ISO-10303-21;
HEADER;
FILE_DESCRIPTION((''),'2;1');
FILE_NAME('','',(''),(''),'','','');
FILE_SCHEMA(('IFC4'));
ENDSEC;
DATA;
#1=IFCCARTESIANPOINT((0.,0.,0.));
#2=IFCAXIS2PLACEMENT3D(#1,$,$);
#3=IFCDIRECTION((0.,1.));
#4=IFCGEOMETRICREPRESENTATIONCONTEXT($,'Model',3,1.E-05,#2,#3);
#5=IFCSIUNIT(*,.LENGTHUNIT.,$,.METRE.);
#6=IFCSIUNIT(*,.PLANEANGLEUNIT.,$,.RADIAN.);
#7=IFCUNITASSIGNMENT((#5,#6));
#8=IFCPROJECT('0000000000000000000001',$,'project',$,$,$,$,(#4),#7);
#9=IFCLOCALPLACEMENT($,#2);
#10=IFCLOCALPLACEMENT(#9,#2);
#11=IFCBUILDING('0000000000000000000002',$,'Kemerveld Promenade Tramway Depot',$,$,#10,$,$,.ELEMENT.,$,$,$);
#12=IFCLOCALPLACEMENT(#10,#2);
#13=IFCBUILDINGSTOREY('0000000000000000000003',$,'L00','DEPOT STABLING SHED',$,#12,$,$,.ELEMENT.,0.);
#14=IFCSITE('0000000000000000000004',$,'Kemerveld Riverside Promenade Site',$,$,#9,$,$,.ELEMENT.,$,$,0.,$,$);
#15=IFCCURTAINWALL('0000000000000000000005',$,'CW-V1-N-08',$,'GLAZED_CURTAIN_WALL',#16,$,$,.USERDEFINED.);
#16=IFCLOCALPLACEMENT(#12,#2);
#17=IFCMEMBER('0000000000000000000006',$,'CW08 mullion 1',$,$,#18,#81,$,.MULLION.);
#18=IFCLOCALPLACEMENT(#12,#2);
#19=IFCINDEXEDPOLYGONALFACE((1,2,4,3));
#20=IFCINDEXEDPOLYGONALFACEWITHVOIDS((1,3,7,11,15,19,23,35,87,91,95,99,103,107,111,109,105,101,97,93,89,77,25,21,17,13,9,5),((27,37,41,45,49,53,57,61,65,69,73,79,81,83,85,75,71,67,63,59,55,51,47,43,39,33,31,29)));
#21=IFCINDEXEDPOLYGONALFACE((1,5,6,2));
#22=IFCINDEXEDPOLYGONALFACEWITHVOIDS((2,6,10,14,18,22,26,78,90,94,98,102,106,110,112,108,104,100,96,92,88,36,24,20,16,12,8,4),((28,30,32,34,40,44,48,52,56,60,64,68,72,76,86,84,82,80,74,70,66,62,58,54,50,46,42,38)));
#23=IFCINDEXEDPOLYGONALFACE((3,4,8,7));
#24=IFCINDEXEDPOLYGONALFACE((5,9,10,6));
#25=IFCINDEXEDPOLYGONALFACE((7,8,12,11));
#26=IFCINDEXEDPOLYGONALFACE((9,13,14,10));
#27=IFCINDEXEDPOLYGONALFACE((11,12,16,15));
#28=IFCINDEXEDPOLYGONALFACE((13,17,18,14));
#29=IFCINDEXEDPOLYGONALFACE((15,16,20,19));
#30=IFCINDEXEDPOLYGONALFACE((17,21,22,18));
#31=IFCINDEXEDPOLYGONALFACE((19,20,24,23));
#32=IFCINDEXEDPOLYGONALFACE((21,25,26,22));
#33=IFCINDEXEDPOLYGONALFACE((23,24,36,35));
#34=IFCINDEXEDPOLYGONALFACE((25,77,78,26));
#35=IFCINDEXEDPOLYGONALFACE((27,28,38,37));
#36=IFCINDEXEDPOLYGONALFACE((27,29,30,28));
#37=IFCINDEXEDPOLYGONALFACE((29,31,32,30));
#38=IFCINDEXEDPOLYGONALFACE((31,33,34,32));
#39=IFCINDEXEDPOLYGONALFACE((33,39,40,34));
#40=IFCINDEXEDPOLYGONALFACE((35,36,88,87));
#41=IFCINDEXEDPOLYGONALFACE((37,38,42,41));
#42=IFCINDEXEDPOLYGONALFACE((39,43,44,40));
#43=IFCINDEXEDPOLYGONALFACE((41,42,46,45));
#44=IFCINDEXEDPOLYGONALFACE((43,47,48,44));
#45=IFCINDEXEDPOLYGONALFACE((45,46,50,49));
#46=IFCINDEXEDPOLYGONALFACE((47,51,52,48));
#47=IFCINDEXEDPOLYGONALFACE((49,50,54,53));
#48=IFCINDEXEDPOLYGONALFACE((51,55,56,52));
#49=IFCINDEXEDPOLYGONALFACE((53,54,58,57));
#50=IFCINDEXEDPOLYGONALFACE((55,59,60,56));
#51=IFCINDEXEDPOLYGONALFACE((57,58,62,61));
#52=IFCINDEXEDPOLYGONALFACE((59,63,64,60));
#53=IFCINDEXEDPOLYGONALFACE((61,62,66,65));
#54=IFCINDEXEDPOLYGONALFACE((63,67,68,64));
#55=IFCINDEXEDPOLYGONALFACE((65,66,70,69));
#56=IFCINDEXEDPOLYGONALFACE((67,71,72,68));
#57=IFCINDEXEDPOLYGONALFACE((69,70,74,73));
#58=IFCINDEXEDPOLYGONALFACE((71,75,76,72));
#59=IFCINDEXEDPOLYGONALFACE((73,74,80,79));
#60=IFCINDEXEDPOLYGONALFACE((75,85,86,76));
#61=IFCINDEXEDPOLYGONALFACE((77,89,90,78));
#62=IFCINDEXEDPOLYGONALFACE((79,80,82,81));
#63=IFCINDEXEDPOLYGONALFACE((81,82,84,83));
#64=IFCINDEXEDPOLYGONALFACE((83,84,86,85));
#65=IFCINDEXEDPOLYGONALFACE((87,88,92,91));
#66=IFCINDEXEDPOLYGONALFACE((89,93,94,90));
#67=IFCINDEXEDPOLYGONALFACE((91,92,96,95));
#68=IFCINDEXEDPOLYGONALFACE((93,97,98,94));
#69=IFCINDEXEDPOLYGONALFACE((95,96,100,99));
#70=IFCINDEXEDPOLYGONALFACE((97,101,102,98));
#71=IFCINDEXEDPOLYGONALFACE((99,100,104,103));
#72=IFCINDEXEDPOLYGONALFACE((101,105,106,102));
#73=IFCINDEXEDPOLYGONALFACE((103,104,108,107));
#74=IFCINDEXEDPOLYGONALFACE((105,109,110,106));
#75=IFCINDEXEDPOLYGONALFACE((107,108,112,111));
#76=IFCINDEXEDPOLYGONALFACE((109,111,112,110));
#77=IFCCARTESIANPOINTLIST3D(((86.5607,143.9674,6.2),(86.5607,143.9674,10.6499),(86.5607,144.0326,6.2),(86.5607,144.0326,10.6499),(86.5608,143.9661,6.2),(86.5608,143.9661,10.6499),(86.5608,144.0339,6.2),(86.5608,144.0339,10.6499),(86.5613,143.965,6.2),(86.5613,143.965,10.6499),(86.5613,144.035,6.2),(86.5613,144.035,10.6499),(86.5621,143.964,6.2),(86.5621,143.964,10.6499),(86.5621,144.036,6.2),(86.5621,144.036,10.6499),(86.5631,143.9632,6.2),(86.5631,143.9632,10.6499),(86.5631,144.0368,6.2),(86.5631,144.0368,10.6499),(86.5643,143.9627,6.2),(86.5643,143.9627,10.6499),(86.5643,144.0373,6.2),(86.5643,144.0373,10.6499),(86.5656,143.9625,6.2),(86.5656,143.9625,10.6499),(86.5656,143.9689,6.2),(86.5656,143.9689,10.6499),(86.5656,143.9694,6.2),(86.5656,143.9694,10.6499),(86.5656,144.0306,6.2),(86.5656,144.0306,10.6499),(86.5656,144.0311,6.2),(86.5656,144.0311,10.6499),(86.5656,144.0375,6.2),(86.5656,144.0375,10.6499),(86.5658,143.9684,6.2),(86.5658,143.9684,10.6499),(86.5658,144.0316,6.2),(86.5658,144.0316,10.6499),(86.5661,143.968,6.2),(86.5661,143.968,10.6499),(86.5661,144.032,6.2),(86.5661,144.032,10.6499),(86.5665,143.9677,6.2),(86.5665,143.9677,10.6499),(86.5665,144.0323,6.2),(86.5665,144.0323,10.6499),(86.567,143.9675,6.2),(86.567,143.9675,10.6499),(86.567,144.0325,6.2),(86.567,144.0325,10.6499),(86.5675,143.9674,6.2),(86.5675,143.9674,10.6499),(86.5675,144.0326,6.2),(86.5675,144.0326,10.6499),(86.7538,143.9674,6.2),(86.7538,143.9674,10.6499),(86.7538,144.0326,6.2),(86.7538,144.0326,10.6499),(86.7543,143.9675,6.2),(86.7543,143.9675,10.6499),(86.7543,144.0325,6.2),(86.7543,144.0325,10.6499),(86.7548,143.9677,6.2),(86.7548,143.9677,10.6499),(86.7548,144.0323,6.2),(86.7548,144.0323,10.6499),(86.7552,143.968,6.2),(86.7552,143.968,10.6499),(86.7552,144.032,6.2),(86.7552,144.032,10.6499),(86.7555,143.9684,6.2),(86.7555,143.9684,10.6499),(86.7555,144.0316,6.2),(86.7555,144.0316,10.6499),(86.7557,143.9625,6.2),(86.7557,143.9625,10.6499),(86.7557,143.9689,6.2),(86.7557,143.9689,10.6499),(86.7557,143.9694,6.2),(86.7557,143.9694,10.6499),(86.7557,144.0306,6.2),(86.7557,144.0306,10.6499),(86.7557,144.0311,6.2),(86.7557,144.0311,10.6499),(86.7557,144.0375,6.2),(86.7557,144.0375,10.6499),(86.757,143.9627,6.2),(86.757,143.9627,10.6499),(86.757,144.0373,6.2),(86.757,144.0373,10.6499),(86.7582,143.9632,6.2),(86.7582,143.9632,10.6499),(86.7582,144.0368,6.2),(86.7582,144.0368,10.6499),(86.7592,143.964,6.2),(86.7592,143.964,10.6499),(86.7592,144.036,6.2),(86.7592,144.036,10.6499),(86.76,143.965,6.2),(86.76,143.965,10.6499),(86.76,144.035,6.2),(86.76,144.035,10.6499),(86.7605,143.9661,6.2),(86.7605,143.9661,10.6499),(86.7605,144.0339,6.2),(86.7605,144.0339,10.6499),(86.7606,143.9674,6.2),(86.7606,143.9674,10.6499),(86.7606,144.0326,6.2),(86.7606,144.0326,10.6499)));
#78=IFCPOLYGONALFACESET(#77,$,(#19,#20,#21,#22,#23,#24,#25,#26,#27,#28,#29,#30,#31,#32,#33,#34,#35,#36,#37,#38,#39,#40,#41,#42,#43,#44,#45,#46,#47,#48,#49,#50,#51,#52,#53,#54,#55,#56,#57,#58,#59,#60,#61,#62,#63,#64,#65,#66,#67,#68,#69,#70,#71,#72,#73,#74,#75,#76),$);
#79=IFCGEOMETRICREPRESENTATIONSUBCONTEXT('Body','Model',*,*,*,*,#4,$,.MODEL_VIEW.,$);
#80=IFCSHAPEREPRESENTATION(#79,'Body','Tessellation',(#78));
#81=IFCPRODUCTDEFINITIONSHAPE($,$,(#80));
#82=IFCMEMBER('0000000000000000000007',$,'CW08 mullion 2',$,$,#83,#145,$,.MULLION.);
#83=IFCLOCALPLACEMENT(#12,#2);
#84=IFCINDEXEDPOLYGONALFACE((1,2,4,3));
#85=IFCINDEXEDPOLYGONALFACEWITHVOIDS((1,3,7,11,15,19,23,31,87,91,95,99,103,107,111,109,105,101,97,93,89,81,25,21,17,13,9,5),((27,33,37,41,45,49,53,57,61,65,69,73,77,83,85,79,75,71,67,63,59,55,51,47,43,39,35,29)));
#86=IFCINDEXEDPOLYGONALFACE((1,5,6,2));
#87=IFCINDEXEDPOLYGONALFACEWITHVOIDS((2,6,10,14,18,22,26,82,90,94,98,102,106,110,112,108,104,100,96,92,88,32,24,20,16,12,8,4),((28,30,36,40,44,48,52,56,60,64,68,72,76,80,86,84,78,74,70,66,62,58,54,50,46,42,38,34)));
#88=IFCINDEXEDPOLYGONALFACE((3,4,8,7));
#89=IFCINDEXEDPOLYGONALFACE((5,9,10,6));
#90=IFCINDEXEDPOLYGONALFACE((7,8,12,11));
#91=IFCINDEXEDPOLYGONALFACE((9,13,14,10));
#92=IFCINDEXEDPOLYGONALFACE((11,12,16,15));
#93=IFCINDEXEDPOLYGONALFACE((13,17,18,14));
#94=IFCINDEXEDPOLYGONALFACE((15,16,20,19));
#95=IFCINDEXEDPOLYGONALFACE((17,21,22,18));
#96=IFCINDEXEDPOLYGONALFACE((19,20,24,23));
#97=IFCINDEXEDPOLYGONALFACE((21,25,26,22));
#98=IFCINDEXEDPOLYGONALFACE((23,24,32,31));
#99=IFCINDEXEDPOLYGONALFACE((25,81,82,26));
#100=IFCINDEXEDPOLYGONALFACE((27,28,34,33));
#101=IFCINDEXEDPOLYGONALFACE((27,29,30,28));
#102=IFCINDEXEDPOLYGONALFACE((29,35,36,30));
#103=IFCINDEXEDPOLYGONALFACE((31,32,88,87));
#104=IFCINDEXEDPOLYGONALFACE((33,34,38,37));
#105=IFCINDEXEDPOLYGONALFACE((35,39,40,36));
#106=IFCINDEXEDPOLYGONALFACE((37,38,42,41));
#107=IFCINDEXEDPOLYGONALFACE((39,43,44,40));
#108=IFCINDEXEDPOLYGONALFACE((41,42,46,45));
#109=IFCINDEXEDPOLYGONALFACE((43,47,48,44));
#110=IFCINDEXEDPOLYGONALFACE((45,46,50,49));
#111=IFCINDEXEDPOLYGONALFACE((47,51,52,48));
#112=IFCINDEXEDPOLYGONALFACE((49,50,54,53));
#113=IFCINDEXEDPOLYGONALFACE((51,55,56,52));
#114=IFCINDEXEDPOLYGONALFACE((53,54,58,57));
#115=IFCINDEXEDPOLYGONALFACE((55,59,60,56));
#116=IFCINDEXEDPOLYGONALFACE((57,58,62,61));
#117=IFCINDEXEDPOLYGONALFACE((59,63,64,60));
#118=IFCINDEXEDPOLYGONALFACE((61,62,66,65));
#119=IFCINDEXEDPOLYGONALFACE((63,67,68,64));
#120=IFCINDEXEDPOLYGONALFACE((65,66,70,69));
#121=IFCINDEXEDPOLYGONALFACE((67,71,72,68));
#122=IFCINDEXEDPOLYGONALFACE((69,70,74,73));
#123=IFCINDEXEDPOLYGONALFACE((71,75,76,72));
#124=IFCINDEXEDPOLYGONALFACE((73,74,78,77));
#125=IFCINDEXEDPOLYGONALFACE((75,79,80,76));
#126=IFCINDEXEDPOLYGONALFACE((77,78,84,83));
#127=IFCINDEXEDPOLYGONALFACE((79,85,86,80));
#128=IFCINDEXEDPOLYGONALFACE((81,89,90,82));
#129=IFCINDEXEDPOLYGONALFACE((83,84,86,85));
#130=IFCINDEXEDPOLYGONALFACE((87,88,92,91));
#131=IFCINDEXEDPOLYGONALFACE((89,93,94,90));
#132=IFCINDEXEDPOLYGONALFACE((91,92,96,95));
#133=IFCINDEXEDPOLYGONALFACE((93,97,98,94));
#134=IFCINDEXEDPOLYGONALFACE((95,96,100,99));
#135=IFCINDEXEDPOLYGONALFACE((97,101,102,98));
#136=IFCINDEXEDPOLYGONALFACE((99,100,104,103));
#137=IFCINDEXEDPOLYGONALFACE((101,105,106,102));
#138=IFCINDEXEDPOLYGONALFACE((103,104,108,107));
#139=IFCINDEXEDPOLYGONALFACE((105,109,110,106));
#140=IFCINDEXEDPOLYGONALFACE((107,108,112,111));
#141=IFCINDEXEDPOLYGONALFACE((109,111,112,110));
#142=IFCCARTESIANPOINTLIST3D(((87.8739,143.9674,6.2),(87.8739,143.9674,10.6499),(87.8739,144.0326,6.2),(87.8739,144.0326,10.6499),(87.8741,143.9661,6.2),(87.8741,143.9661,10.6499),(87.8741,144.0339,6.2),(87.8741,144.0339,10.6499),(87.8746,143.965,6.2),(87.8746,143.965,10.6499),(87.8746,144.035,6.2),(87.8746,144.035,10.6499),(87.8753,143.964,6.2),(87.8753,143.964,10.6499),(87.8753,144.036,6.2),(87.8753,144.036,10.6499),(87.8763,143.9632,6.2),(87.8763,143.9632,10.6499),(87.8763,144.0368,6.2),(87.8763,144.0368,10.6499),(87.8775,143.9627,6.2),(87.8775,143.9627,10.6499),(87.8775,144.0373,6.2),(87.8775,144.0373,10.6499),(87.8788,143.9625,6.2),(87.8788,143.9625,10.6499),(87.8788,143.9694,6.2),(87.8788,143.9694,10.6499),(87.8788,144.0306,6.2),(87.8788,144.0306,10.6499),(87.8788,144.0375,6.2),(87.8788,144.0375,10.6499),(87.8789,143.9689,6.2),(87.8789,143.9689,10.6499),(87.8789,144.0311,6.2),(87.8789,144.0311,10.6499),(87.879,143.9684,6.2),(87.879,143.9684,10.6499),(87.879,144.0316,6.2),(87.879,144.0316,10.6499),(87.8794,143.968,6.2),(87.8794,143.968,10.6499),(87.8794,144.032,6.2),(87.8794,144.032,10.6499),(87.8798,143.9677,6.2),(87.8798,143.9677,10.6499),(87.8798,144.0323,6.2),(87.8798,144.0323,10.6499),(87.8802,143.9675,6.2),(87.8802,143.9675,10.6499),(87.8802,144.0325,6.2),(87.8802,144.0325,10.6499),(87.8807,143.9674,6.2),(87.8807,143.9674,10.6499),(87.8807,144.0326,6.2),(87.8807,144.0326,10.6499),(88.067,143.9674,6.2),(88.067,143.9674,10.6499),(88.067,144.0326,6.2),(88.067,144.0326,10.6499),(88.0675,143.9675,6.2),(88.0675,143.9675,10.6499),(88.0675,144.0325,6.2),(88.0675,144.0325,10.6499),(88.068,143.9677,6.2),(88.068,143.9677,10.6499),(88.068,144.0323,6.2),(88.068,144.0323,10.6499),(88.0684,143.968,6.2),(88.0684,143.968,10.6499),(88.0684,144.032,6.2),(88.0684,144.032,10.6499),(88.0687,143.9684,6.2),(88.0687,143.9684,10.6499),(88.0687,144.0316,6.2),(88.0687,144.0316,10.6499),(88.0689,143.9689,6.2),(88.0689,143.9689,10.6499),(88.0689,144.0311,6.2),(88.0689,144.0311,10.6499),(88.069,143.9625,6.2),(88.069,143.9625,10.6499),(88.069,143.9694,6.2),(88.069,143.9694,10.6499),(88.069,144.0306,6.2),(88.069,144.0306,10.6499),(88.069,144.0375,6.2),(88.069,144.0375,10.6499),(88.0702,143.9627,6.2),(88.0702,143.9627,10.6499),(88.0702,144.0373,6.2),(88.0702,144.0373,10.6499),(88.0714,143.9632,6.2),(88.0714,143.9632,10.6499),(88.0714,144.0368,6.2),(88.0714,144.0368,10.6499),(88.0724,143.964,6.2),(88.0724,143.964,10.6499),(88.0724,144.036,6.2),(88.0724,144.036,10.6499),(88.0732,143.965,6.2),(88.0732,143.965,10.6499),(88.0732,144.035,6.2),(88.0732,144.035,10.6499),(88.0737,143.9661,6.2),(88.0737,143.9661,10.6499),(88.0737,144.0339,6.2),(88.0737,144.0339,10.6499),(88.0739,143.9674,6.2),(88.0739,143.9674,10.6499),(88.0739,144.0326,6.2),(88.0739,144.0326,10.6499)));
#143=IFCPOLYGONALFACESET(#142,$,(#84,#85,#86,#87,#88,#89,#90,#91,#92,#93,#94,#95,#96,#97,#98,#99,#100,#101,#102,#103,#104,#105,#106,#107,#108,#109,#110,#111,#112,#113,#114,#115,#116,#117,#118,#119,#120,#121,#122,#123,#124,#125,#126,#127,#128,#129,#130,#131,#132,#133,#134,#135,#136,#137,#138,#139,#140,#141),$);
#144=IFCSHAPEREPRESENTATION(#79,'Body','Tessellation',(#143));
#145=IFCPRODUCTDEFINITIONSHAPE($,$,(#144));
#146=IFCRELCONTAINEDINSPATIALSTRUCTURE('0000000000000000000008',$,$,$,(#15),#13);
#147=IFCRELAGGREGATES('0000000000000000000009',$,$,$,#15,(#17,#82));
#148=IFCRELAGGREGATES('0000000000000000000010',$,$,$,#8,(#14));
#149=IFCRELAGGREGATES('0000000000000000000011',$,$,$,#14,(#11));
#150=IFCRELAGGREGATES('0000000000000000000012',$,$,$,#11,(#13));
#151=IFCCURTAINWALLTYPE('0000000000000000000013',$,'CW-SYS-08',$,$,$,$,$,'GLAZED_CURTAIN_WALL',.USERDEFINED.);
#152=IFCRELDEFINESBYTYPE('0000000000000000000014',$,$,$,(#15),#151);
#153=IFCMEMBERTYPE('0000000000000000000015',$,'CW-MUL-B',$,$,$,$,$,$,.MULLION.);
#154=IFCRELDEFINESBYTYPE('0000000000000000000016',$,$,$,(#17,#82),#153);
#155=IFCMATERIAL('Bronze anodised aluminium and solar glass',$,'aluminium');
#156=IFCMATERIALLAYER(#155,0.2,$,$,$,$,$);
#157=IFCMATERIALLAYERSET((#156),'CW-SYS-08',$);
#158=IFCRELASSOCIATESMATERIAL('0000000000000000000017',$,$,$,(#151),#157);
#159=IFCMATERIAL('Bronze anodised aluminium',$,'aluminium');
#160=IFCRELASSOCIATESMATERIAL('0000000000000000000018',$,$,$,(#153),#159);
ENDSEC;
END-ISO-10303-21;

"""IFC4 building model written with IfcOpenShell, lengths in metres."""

from ifc_helpers import new_model, si_unit, direction, frame, origin, origin_2d, place, context, subcontext, project, spatial, hollow_rectangle, extrude, material, layer, layer_set, material_profile, profile_set, type_object, element, aggregate, save


model = new_model("IFC4")

# Units and contexts
model_context = context("Model", 3, precision=1e-05, world=origin(), true_north=direction((0.0, 1.0)))
body_context = subcontext(model_context, "Body", "Model", "MODEL_VIEW")
ifc_project = project(units=[si_unit("LENGTHUNIT", "METRE"), si_unit("PLANEANGLEUNIT", "RADIAN")], contexts=[model_context])

# Site, building, storey
site_placement = place(None, origin())
site = spatial("IfcSite", under=ifc_project, at=site_placement, Name="Kemerveld Riverside Promenade Site", CompositionType="ELEMENT", RefElevation=0.0)
building_placement = place(site_placement, origin())
building = spatial("IfcBuilding", under=site, at=building_placement, Name="Kemerveld Promenade Tramway Depot", CompositionType="ELEMENT")
storey_placement = place(building_placement, origin())
storey = spatial("IfcBuildingStorey", under=building, at=storey_placement, Name="L00", Description="DEPOT STABLING SHED", CompositionType="ELEMENT", Elevation=0.0)

# Shared definitions
ifc_material_1 = material(Name="Bronze anodised aluminium and solar glass", Category="aluminium")
ifc_material_2 = material(Name="Bronze anodised aluminium", Category="aluminium")

# Curtain wall, members
ifc_layer_1 = layer(ifc_material_1, 0.2)
ifc_layer_set_1 = layer_set([ifc_layer_1], Name="CW-SYS-08")
curtain_wall_type_1 = type_object("IfcCurtainWallType", Name="CW-SYS-08", ElementType="GLAZED_CURTAIN_WALL", PredefinedType="USERDEFINED", material=ifc_layer_set_1)
curtain_wall_1_placement = place(storey_placement, origin())
curtain_wall_1 = element("IfcCurtainWall", 1, at=curtain_wall_1_placement, inside=storey, type_object=curtain_wall_type_1, Name="CW-V1-N-08", ObjectType="GLAZED_CURTAIN_WALL", PredefinedType="USERDEFINED")
ifc_material_profile_1 = material_profile(ifc_material_2, hollow_rectangle(XDim=0.075, YDim=0.2, WallThickness=0.0049, InnerFilletRadius=0.002, OuterFilletRadius=0.0049, at=origin_2d()), Name="CW-MUL-200x75")
ifc_profile_set_1 = profile_set([ifc_material_profile_1], Name="Bronze anodised aluminium")
member_type_1 = type_object("IfcMemberType", Name="CW-MUL-B", PredefinedType="MULLION", material=ifc_profile_set_1)
member_1_placement = place(storey_placement, frame((86.6606, 144.0, 6.2), z_axis=(0.0, 0.0, 1.0), x_axis=(0.0, 1.0, 0.0)))
member_1 = element("IfcMember", 2, at=member_1_placement, type_object=member_type_1, Name="CW08 mullion 1", PredefinedType="MULLION", context=body_context, shape_type="SweptSolid", body=[
    extrude(hollow_rectangle(XDim=0.075, YDim=0.2, WallThickness=0.0049, InnerFilletRadius=0.002, OuterFilletRadius=0.0049, at=origin_2d()), origin(), (0.0, 0.0, 1.0), 4.45),
])
member_2_placement = place(storey_placement, frame((87.9739, 144.0, 6.2), z_axis=(0.0, 0.0, 1.0), x_axis=(0.0, 1.0, 0.0)))
member_2 = element("IfcMember", 3, at=member_2_placement, type_object=member_type_1, Name="CW08 mullion 2", PredefinedType="MULLION", context=body_context, shape_type="SweptSolid", body=[
    extrude(hollow_rectangle(XDim=0.075, YDim=0.2, WallThickness=0.0049, InnerFilletRadius=0.002, OuterFilletRadius=0.0049, at=origin_2d()), origin(), (0.0, 0.0, 1.0), 4.45),
])

aggregate(curtain_wall_1, [member_1, member_2])

save(model, "model.ifc")
